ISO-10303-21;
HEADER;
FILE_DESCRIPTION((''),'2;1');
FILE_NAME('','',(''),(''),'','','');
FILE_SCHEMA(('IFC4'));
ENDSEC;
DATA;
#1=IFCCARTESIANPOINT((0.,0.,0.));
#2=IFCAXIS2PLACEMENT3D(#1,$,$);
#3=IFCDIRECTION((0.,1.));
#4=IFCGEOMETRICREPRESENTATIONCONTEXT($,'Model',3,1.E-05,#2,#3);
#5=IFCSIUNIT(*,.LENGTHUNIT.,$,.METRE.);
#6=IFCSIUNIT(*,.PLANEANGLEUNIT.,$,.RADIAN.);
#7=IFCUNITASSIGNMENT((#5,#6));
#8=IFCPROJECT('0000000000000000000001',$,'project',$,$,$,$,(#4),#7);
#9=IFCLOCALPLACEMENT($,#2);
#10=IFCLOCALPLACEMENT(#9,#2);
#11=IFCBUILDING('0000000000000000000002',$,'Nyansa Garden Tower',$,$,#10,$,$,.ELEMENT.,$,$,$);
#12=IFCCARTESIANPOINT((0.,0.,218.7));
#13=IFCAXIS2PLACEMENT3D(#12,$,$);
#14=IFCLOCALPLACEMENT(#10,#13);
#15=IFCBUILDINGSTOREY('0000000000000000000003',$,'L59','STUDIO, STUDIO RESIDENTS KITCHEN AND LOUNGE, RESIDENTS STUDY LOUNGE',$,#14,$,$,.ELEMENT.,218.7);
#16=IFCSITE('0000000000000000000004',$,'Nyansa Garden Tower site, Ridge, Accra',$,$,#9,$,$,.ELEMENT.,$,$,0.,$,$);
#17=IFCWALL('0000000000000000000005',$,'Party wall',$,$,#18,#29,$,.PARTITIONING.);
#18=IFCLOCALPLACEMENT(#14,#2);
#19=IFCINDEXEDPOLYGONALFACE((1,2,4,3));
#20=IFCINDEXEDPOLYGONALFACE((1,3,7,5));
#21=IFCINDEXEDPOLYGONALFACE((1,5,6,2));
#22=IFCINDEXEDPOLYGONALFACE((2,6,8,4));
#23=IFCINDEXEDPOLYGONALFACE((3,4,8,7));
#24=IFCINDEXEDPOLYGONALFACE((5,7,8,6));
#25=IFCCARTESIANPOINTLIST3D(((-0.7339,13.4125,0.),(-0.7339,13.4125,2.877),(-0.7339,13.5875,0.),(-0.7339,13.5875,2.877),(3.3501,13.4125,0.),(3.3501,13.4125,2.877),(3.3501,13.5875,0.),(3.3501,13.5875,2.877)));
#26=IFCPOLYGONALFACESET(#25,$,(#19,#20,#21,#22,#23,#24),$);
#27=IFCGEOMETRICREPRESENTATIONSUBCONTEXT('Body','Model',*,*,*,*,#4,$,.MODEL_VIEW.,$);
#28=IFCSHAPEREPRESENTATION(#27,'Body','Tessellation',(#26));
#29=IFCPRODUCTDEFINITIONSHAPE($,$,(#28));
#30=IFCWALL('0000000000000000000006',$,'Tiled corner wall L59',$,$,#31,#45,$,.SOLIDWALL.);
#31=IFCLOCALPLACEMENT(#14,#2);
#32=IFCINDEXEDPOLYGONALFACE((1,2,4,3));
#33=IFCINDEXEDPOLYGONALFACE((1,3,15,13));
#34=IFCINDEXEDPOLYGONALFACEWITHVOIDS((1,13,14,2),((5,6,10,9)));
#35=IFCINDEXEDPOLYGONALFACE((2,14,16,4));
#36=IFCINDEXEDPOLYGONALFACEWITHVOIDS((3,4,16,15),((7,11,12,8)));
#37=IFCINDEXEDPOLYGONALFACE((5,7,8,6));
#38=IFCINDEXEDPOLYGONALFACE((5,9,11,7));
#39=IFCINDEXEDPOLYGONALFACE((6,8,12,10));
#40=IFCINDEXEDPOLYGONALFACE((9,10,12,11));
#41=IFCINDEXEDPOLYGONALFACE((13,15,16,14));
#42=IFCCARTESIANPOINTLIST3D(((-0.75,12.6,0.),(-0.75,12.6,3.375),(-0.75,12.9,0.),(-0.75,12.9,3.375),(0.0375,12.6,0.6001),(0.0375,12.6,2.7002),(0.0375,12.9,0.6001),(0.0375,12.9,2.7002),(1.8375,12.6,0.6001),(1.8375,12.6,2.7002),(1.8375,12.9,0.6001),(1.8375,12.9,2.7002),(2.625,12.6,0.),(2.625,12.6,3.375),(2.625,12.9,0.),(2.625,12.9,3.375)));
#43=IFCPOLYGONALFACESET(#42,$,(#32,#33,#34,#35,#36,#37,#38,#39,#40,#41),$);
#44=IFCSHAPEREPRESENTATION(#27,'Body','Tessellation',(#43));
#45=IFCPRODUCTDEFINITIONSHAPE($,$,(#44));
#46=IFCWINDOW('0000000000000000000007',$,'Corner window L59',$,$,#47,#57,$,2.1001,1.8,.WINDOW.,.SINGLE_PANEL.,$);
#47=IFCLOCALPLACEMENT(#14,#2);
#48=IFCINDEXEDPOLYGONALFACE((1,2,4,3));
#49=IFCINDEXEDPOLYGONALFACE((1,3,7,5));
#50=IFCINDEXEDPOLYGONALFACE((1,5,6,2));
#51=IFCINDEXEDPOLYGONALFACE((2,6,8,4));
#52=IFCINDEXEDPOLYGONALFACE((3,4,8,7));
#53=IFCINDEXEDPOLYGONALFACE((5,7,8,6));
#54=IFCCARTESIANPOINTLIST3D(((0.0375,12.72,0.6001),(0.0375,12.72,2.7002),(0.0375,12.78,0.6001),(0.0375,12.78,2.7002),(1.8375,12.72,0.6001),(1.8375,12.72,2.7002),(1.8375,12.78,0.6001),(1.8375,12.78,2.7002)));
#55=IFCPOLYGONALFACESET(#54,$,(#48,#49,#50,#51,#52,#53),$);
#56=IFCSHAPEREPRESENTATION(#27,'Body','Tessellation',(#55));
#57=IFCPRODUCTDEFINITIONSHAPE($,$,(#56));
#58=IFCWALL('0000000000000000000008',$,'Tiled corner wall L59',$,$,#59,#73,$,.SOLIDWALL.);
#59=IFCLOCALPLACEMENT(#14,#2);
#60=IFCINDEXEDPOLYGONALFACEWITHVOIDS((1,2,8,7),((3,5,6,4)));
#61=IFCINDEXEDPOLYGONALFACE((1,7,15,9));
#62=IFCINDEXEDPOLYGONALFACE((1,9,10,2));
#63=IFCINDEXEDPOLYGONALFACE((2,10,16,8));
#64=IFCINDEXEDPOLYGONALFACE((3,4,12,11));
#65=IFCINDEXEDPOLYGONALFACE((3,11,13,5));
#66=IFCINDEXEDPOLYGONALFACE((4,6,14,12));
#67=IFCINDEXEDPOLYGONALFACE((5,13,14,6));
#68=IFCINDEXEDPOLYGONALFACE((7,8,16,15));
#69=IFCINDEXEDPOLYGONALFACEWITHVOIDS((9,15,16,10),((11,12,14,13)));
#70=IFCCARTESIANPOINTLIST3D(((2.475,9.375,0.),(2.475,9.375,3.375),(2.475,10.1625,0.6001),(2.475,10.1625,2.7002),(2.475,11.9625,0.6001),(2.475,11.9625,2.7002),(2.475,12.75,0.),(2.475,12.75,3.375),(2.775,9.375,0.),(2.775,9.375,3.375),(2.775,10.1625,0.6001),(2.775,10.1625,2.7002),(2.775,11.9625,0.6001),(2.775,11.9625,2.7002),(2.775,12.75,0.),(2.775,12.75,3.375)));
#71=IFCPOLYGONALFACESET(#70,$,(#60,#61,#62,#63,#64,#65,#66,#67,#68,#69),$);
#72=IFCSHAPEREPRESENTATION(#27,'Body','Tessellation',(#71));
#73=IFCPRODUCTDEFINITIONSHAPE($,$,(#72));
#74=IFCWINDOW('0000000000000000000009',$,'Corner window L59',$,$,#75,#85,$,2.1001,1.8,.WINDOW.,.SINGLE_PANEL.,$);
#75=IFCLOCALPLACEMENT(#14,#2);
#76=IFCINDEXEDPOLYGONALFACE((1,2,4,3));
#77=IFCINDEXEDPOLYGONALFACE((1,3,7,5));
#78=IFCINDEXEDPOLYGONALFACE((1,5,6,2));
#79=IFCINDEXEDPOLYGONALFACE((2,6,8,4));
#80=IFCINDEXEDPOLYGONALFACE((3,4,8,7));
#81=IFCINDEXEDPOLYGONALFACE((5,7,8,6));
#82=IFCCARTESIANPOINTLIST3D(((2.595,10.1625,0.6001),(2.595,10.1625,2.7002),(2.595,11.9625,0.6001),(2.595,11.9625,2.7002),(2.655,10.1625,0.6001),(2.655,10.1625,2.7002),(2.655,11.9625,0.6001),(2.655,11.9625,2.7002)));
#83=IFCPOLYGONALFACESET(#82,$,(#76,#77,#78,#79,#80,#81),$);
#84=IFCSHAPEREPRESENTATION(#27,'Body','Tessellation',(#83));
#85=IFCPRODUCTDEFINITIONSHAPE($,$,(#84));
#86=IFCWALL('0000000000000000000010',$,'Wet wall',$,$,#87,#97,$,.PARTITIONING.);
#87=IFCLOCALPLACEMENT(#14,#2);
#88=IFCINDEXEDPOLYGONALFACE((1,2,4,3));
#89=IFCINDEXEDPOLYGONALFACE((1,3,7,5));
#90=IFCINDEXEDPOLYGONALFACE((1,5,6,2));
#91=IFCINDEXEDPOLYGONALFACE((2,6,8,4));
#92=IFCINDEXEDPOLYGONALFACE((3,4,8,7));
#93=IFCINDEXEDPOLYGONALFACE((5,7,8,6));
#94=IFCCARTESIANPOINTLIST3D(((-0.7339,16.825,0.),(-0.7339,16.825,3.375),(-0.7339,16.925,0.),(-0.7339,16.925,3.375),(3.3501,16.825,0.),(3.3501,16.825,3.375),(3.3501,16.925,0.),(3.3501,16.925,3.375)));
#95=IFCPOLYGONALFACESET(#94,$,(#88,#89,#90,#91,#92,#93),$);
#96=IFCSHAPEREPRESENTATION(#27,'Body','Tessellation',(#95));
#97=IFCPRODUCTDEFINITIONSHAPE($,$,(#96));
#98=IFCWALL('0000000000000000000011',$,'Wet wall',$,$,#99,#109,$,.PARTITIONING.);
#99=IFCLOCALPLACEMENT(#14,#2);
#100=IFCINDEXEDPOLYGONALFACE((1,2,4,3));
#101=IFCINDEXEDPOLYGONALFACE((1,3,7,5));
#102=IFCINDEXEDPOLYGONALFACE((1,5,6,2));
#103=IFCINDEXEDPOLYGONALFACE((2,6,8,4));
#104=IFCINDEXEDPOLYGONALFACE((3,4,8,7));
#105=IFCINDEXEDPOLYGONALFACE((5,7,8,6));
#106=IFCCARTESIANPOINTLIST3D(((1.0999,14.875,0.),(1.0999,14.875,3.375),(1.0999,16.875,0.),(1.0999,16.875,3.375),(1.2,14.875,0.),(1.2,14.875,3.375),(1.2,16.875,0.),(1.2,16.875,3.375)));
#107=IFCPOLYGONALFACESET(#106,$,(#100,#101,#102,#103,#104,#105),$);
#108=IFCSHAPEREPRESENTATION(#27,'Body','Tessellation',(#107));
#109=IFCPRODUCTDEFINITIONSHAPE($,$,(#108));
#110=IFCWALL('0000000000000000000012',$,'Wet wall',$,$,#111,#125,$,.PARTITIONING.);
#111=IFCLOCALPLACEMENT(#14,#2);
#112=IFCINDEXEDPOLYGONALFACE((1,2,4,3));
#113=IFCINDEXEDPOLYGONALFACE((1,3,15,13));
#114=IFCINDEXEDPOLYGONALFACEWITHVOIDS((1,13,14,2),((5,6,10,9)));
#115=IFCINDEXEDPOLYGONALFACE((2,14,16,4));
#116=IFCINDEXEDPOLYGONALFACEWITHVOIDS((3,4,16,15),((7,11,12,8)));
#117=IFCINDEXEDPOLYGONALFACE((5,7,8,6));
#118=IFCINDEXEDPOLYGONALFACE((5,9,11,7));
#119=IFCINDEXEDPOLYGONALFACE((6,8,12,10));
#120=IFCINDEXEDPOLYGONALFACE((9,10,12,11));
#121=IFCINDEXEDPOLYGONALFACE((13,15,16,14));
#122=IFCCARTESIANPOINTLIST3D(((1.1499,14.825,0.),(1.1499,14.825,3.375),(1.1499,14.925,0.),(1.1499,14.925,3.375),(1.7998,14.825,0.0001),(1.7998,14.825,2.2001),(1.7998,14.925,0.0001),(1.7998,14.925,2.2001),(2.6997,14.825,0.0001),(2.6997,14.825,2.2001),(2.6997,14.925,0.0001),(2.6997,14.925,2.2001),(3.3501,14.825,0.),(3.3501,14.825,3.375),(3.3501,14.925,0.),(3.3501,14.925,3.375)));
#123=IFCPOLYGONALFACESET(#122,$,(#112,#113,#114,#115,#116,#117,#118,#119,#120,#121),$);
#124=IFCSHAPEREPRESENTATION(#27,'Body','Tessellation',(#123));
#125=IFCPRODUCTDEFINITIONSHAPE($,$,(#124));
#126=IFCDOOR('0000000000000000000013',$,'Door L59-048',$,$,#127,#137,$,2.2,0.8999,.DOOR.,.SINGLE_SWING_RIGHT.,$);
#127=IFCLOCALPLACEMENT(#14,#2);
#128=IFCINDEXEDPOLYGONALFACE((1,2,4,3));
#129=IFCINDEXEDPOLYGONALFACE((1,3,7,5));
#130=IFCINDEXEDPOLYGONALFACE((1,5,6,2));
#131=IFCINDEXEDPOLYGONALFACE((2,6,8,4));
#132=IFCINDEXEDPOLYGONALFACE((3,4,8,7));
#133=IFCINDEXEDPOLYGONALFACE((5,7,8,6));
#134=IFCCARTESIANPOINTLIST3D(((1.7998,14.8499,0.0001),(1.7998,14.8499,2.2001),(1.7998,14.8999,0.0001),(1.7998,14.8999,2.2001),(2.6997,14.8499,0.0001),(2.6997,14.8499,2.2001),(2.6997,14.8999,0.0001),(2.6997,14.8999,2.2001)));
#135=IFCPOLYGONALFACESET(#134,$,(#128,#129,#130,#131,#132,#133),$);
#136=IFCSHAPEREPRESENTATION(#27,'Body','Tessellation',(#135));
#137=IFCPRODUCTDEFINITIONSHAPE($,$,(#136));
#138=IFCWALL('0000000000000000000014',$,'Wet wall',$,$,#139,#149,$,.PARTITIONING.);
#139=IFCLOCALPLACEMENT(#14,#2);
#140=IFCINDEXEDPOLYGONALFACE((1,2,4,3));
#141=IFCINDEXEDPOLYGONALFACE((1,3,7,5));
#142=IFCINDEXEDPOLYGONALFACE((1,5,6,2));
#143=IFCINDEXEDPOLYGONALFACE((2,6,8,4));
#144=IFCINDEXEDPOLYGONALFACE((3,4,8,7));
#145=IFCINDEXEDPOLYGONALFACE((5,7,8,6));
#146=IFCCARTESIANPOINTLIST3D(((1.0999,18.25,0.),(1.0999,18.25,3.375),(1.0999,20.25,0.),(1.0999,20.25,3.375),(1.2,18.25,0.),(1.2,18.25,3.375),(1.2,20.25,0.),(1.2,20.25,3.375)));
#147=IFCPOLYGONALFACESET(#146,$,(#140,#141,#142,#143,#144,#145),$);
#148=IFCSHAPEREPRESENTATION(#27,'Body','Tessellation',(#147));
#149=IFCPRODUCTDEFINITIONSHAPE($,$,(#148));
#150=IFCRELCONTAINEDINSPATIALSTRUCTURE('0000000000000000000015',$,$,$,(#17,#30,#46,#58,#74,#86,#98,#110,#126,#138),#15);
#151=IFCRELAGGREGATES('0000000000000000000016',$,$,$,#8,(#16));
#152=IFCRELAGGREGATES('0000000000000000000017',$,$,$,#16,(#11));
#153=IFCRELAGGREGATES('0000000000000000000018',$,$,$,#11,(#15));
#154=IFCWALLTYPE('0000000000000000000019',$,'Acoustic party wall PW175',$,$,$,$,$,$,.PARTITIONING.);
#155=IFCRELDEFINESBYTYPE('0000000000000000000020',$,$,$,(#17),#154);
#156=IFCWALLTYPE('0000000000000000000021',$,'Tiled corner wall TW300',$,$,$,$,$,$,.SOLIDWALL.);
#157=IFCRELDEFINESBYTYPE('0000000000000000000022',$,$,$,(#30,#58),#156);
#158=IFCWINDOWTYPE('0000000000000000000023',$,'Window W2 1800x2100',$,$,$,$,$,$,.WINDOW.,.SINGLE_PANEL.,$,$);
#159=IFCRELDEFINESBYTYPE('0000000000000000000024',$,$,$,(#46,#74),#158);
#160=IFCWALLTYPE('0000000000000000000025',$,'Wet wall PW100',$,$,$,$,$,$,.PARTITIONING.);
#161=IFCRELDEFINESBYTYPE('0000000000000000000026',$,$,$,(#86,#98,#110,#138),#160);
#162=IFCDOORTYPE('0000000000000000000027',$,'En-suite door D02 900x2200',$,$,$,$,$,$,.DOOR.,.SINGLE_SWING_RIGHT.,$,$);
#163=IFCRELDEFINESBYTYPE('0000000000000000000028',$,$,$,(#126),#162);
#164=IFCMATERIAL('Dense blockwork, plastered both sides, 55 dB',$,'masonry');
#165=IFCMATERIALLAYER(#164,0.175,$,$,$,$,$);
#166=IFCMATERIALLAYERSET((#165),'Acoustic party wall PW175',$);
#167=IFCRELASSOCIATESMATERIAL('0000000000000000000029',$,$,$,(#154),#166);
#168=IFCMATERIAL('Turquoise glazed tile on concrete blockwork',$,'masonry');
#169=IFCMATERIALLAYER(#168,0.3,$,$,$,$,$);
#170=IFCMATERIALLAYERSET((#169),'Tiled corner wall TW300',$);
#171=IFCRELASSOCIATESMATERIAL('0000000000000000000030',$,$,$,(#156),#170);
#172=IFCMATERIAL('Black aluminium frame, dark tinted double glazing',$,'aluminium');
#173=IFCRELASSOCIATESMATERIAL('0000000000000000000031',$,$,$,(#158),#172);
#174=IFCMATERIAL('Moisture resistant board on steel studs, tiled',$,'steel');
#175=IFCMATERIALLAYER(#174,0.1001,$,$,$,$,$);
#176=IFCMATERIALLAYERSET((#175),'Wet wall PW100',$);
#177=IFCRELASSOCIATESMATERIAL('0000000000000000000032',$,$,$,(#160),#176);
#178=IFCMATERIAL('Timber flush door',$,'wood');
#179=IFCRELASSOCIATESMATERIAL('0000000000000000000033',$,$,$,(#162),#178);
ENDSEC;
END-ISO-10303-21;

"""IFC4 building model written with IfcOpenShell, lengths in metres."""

from ifc_helpers import new_model, si_unit, direction, frame, frame_2d, origin, place, context, subcontext, project, spatial, rectangle, extrude, material, layer, layer_set, type_object, element, fill, save


model = new_model("IFC4")

# Units and contexts
model_context = context("Model", 3, precision=1e-05, world=origin(), true_north=direction((0.0, 1.0)))
body_context = subcontext(model_context, "Body", "Model", "MODEL_VIEW")
ifc_project = project(units=[si_unit("LENGTHUNIT", "METRE"), si_unit("PLANEANGLEUNIT", "RADIAN")], contexts=[model_context])

# Site, building, storey
site_placement = place(None, origin())
site = spatial("IfcSite", under=ifc_project, at=site_placement, Name="Nyansa Garden Tower site, Ridge, Accra", CompositionType="ELEMENT", RefElevation=0.0)
building_placement = place(site_placement, origin())
building = spatial("IfcBuilding", under=site, at=building_placement, Name="Nyansa Garden Tower", CompositionType="ELEMENT")
storey_placement = place(building_placement, frame((0.0, 0.0, 218.7)))
storey = spatial("IfcBuildingStorey", under=building, at=storey_placement, Name="L59", Description="STUDIO, STUDIO RESIDENTS KITCHEN AND LOUNGE, RESIDENTS STUDY LOUNGE", CompositionType="ELEMENT", Elevation=218.7)

# Wall
ifc_material_1 = material(Name="Dense blockwork, plastered both sides, 55 dB", Category="masonry")
ifc_layer_1 = layer(ifc_material_1, 0.175)
ifc_layer_set_1 = layer_set([ifc_layer_1], Name="Acoustic party wall PW175")
wall_type_1 = type_object("IfcWallType", Name="Acoustic party wall PW175", PredefinedType="PARTITIONING", material=ifc_layer_set_1)
wall_1_placement = place(storey_placement, frame((-0.7339, 13.5, 0.0), z_axis=(0.0, 0.0, 1.0), x_axis=(1.0, 0.0, 0.0)))
element("IfcWall", 1, at=wall_1_placement, inside=storey, type_object=wall_type_1, Name="Party wall", PredefinedType="PARTITIONING", context=body_context, shape_type="SweptSolid", body=[
    extrude(rectangle(XDim=4.084, YDim=0.175, at=frame_2d((2.042, 0.0))), origin(), (0.0, 0.0, 1.0), 2.877),
])

# Walls, openings, windows
ifc_material_2 = material(Name="Turquoise glazed tile on concrete blockwork", Category="masonry")
ifc_layer_2 = layer(ifc_material_2, 0.3)
ifc_layer_set_2 = layer_set([ifc_layer_2], Name="Tiled corner wall TW300")
wall_type_2 = type_object("IfcWallType", Name="Tiled corner wall TW300", PredefinedType="SOLIDWALL", material=ifc_layer_set_2)
wall_2_placement = place(storey_placement, frame((-0.75, 12.75, 0.0), z_axis=(0.0, 0.0, 1.0), x_axis=(1.0, 0.0, 0.0)))
wall_2 = element("IfcWall", 2, at=wall_2_placement, inside=storey, type_object=wall_type_2, Name="Tiled corner wall L59", PredefinedType="SOLIDWALL", context=body_context, shape_type="SweptSolid", body=[
    extrude(rectangle(XDim=3.375, YDim=0.3, at=frame_2d((1.6875, 0.0))), origin(), (0.0, 0.0, 1.0), 3.375),
])
opening_1_placement = place(wall_2_placement, frame((0.7876, 0.0, 0.6001)))
opening_1 = element("IfcOpeningElement", 3, at=opening_1_placement, cuts=wall_2, PredefinedType="OPENING", context=body_context, shape_type="SweptSolid", body=[
    extrude(rectangle(XDim=1.8, YDim=2.1001, at=frame_2d((0.8999, 1.05))), frame((0.0, 0.1599, 0.0), z_axis=(0.0, -1.0, 0.0), x_axis=(1.0, 0.0, 0.0)), (0.0, 0.0, 1.0), 0.3201),
])
ifc_material_3 = material(Name="Black aluminium frame, dark tinted double glazing", Category="aluminium")
window_type = type_object("IfcWindowType", Name="Window W2 1800x2100", PartitioningType="SINGLE_PANEL", PredefinedType="WINDOW", material=ifc_material_3)
window_1_placement = place(opening_1_placement, origin())
window_1 = element("IfcWindow", 4, at=window_1_placement, inside=storey, type_object=window_type, Name="Corner window L59", OverallHeight=2.1001, OverallWidth=1.8, PartitioningType="SINGLE_PANEL", PredefinedType="WINDOW", context=body_context, shape_type="SweptSolid", body=[
    extrude(rectangle(XDim=1.8, YDim=2.1001, at=frame_2d((0.8999, 1.05))), frame((0.0, 0.03, 0.0), z_axis=(0.0, -1.0, 0.0), x_axis=(1.0, 0.0, 0.0)), (0.0, 0.0, 1.0), 0.0601),
])
fill(opening_1, window_1)
wall_3_placement = place(storey_placement, frame((2.625, 12.75, 0.0), z_axis=(0.0, 0.0, 1.0), x_axis=(0.0, -1.0, 0.0)))
wall_3 = element("IfcWall", 5, at=wall_3_placement, inside=storey, type_object=wall_type_2, Name="Tiled corner wall L59", PredefinedType="SOLIDWALL", context=body_context, shape_type="SweptSolid", body=[
    extrude(rectangle(XDim=3.375, YDim=0.3, at=frame_2d((1.6875, 0.0))), origin(), (0.0, 0.0, 1.0), 3.375),
])
opening_2_placement = place(wall_3_placement, frame((0.7876, 0.0, 0.6001)))
opening_2 = element("IfcOpeningElement", 6, at=opening_2_placement, cuts=wall_3, PredefinedType="OPENING", context=body_context, shape_type="SweptSolid", body=[
    extrude(rectangle(XDim=1.8, YDim=2.1001, at=frame_2d((0.8999, 1.05))), frame((0.0, 0.1599, 0.0), z_axis=(0.0, -1.0, 0.0), x_axis=(1.0, 0.0, 0.0)), (0.0, 0.0, 1.0), 0.3201),
])
window_2_placement = place(opening_2_placement, origin())
window_2 = element("IfcWindow", 7, at=window_2_placement, inside=storey, type_object=window_type, Name="Corner window L59", OverallHeight=2.1001, OverallWidth=1.8, PartitioningType="SINGLE_PANEL", PredefinedType="WINDOW", context=body_context, shape_type="SweptSolid", body=[
    extrude(rectangle(XDim=1.8, YDim=2.1001, at=frame_2d((0.8999, 1.05))), frame((0.0, 0.03, 0.0), z_axis=(0.0, -1.0, 0.0), x_axis=(1.0, 0.0, 0.0)), (0.0, 0.0, 1.0), 0.0601),
])
fill(opening_2, window_2)

# Walls
ifc_material_4 = material(Name="Moisture resistant board on steel studs, tiled", Category="steel")
ifc_layer_3 = layer(ifc_material_4, 0.1001)
ifc_layer_set_3 = layer_set([ifc_layer_3], Name="Wet wall PW100")
wall_type_3 = type_object("IfcWallType", Name="Wet wall PW100", PredefinedType="PARTITIONING", material=ifc_layer_set_3)
wall_4_placement = place(storey_placement, frame((-0.7339, 16.875, 0.0), z_axis=(0.0, 0.0, 1.0), x_axis=(1.0, 0.0, 0.0)))
element("IfcWall", 8, at=wall_4_placement, inside=storey, type_object=wall_type_3, Name="Wet wall", PredefinedType="PARTITIONING", context=body_context, shape_type="SweptSolid", body=[
    extrude(rectangle(XDim=4.084, YDim=0.1001, at=frame_2d((2.042, 0.0))), origin(), (0.0, 0.0, 1.0), 3.375),
])
wall_5_placement = place(storey_placement, frame((1.1499, 14.875, 0.0), z_axis=(0.0, 0.0, 1.0), x_axis=(0.0, 1.0, 0.0)))
element("IfcWall", 9, at=wall_5_placement, inside=storey, type_object=wall_type_3, Name="Wet wall", PredefinedType="PARTITIONING", context=body_context, shape_type="SweptSolid", body=[
    extrude(rectangle(XDim=2.0, YDim=0.1001, at=frame_2d((1.0, 0.0))), origin(), (0.0, 0.0, 1.0), 3.375),
])

# Wall, opening, door
wall_6_placement = place(storey_placement, frame((1.1499, 14.875, 0.0), z_axis=(0.0, 0.0, 1.0), x_axis=(1.0, 0.0, 0.0)))
wall_6 = element("IfcWall", 10, at=wall_6_placement, inside=storey, type_object=wall_type_3, Name="Wet wall", PredefinedType="PARTITIONING", context=body_context, shape_type="SweptSolid", body=[
    extrude(rectangle(XDim=2.2002, YDim=0.1001, at=frame_2d((1.1001, 0.0))), origin(), (0.0, 0.0, 1.0), 3.375),
])
opening_3_placement = place(wall_6_placement, frame((0.6499, 0.0, 0.0)))
opening_3 = element("IfcOpeningElement", 11, at=opening_3_placement, cuts=wall_6, PredefinedType="OPENING", context=body_context, shape_type="SweptSolid", body=[
    extrude(rectangle(XDim=0.8999, YDim=2.2, at=frame_2d((0.45, 1.1001))), frame((0.0, 0.0601, 0.0), z_axis=(0.0, -1.0, 0.0), x_axis=(1.0, 0.0, 0.0)), (0.0, 0.0, 1.0), 0.1201),
])
ifc_material_5 = material(Name="Timber flush door", Category="wood")
door_type = type_object("IfcDoorType", Name="En-suite door D02 900x2200", OperationType="SINGLE_SWING_RIGHT", PredefinedType="DOOR", material=ifc_material_5)
door_1_placement = place(opening_3_placement, origin())
door_1 = element("IfcDoor", 12, at=door_1_placement, inside=storey, type_object=door_type, Name="Door L59-048", OperationType="SINGLE_SWING_RIGHT", OverallHeight=2.2, OverallWidth=0.8999, PredefinedType="DOOR", context=body_context, shape_type="SweptSolid", body=[
    extrude(rectangle(XDim=0.8999, YDim=2.2, at=frame_2d((0.45, 1.1001))), frame((0.0, 0.0249, 0.0), z_axis=(0.0, -1.0, 0.0), x_axis=(1.0, 0.0, 0.0)), (0.0, 0.0, 1.0), 0.05),
])
fill(opening_3, door_1)

# Wall
wall_7_placement = place(storey_placement, frame((1.1499, 18.25, 0.0), z_axis=(0.0, 0.0, 1.0), x_axis=(0.0, 1.0, 0.0)))
element("IfcWall", 13, at=wall_7_placement, inside=storey, type_object=wall_type_3, Name="Wet wall", PredefinedType="PARTITIONING", context=body_context, shape_type="SweptSolid", body=[
    extrude(rectangle(XDim=2.0, YDim=0.1001, at=frame_2d((1.0, 0.0))), origin(), (0.0, 0.0, 1.0), 3.375),
])

save(model, "model.ifc")
